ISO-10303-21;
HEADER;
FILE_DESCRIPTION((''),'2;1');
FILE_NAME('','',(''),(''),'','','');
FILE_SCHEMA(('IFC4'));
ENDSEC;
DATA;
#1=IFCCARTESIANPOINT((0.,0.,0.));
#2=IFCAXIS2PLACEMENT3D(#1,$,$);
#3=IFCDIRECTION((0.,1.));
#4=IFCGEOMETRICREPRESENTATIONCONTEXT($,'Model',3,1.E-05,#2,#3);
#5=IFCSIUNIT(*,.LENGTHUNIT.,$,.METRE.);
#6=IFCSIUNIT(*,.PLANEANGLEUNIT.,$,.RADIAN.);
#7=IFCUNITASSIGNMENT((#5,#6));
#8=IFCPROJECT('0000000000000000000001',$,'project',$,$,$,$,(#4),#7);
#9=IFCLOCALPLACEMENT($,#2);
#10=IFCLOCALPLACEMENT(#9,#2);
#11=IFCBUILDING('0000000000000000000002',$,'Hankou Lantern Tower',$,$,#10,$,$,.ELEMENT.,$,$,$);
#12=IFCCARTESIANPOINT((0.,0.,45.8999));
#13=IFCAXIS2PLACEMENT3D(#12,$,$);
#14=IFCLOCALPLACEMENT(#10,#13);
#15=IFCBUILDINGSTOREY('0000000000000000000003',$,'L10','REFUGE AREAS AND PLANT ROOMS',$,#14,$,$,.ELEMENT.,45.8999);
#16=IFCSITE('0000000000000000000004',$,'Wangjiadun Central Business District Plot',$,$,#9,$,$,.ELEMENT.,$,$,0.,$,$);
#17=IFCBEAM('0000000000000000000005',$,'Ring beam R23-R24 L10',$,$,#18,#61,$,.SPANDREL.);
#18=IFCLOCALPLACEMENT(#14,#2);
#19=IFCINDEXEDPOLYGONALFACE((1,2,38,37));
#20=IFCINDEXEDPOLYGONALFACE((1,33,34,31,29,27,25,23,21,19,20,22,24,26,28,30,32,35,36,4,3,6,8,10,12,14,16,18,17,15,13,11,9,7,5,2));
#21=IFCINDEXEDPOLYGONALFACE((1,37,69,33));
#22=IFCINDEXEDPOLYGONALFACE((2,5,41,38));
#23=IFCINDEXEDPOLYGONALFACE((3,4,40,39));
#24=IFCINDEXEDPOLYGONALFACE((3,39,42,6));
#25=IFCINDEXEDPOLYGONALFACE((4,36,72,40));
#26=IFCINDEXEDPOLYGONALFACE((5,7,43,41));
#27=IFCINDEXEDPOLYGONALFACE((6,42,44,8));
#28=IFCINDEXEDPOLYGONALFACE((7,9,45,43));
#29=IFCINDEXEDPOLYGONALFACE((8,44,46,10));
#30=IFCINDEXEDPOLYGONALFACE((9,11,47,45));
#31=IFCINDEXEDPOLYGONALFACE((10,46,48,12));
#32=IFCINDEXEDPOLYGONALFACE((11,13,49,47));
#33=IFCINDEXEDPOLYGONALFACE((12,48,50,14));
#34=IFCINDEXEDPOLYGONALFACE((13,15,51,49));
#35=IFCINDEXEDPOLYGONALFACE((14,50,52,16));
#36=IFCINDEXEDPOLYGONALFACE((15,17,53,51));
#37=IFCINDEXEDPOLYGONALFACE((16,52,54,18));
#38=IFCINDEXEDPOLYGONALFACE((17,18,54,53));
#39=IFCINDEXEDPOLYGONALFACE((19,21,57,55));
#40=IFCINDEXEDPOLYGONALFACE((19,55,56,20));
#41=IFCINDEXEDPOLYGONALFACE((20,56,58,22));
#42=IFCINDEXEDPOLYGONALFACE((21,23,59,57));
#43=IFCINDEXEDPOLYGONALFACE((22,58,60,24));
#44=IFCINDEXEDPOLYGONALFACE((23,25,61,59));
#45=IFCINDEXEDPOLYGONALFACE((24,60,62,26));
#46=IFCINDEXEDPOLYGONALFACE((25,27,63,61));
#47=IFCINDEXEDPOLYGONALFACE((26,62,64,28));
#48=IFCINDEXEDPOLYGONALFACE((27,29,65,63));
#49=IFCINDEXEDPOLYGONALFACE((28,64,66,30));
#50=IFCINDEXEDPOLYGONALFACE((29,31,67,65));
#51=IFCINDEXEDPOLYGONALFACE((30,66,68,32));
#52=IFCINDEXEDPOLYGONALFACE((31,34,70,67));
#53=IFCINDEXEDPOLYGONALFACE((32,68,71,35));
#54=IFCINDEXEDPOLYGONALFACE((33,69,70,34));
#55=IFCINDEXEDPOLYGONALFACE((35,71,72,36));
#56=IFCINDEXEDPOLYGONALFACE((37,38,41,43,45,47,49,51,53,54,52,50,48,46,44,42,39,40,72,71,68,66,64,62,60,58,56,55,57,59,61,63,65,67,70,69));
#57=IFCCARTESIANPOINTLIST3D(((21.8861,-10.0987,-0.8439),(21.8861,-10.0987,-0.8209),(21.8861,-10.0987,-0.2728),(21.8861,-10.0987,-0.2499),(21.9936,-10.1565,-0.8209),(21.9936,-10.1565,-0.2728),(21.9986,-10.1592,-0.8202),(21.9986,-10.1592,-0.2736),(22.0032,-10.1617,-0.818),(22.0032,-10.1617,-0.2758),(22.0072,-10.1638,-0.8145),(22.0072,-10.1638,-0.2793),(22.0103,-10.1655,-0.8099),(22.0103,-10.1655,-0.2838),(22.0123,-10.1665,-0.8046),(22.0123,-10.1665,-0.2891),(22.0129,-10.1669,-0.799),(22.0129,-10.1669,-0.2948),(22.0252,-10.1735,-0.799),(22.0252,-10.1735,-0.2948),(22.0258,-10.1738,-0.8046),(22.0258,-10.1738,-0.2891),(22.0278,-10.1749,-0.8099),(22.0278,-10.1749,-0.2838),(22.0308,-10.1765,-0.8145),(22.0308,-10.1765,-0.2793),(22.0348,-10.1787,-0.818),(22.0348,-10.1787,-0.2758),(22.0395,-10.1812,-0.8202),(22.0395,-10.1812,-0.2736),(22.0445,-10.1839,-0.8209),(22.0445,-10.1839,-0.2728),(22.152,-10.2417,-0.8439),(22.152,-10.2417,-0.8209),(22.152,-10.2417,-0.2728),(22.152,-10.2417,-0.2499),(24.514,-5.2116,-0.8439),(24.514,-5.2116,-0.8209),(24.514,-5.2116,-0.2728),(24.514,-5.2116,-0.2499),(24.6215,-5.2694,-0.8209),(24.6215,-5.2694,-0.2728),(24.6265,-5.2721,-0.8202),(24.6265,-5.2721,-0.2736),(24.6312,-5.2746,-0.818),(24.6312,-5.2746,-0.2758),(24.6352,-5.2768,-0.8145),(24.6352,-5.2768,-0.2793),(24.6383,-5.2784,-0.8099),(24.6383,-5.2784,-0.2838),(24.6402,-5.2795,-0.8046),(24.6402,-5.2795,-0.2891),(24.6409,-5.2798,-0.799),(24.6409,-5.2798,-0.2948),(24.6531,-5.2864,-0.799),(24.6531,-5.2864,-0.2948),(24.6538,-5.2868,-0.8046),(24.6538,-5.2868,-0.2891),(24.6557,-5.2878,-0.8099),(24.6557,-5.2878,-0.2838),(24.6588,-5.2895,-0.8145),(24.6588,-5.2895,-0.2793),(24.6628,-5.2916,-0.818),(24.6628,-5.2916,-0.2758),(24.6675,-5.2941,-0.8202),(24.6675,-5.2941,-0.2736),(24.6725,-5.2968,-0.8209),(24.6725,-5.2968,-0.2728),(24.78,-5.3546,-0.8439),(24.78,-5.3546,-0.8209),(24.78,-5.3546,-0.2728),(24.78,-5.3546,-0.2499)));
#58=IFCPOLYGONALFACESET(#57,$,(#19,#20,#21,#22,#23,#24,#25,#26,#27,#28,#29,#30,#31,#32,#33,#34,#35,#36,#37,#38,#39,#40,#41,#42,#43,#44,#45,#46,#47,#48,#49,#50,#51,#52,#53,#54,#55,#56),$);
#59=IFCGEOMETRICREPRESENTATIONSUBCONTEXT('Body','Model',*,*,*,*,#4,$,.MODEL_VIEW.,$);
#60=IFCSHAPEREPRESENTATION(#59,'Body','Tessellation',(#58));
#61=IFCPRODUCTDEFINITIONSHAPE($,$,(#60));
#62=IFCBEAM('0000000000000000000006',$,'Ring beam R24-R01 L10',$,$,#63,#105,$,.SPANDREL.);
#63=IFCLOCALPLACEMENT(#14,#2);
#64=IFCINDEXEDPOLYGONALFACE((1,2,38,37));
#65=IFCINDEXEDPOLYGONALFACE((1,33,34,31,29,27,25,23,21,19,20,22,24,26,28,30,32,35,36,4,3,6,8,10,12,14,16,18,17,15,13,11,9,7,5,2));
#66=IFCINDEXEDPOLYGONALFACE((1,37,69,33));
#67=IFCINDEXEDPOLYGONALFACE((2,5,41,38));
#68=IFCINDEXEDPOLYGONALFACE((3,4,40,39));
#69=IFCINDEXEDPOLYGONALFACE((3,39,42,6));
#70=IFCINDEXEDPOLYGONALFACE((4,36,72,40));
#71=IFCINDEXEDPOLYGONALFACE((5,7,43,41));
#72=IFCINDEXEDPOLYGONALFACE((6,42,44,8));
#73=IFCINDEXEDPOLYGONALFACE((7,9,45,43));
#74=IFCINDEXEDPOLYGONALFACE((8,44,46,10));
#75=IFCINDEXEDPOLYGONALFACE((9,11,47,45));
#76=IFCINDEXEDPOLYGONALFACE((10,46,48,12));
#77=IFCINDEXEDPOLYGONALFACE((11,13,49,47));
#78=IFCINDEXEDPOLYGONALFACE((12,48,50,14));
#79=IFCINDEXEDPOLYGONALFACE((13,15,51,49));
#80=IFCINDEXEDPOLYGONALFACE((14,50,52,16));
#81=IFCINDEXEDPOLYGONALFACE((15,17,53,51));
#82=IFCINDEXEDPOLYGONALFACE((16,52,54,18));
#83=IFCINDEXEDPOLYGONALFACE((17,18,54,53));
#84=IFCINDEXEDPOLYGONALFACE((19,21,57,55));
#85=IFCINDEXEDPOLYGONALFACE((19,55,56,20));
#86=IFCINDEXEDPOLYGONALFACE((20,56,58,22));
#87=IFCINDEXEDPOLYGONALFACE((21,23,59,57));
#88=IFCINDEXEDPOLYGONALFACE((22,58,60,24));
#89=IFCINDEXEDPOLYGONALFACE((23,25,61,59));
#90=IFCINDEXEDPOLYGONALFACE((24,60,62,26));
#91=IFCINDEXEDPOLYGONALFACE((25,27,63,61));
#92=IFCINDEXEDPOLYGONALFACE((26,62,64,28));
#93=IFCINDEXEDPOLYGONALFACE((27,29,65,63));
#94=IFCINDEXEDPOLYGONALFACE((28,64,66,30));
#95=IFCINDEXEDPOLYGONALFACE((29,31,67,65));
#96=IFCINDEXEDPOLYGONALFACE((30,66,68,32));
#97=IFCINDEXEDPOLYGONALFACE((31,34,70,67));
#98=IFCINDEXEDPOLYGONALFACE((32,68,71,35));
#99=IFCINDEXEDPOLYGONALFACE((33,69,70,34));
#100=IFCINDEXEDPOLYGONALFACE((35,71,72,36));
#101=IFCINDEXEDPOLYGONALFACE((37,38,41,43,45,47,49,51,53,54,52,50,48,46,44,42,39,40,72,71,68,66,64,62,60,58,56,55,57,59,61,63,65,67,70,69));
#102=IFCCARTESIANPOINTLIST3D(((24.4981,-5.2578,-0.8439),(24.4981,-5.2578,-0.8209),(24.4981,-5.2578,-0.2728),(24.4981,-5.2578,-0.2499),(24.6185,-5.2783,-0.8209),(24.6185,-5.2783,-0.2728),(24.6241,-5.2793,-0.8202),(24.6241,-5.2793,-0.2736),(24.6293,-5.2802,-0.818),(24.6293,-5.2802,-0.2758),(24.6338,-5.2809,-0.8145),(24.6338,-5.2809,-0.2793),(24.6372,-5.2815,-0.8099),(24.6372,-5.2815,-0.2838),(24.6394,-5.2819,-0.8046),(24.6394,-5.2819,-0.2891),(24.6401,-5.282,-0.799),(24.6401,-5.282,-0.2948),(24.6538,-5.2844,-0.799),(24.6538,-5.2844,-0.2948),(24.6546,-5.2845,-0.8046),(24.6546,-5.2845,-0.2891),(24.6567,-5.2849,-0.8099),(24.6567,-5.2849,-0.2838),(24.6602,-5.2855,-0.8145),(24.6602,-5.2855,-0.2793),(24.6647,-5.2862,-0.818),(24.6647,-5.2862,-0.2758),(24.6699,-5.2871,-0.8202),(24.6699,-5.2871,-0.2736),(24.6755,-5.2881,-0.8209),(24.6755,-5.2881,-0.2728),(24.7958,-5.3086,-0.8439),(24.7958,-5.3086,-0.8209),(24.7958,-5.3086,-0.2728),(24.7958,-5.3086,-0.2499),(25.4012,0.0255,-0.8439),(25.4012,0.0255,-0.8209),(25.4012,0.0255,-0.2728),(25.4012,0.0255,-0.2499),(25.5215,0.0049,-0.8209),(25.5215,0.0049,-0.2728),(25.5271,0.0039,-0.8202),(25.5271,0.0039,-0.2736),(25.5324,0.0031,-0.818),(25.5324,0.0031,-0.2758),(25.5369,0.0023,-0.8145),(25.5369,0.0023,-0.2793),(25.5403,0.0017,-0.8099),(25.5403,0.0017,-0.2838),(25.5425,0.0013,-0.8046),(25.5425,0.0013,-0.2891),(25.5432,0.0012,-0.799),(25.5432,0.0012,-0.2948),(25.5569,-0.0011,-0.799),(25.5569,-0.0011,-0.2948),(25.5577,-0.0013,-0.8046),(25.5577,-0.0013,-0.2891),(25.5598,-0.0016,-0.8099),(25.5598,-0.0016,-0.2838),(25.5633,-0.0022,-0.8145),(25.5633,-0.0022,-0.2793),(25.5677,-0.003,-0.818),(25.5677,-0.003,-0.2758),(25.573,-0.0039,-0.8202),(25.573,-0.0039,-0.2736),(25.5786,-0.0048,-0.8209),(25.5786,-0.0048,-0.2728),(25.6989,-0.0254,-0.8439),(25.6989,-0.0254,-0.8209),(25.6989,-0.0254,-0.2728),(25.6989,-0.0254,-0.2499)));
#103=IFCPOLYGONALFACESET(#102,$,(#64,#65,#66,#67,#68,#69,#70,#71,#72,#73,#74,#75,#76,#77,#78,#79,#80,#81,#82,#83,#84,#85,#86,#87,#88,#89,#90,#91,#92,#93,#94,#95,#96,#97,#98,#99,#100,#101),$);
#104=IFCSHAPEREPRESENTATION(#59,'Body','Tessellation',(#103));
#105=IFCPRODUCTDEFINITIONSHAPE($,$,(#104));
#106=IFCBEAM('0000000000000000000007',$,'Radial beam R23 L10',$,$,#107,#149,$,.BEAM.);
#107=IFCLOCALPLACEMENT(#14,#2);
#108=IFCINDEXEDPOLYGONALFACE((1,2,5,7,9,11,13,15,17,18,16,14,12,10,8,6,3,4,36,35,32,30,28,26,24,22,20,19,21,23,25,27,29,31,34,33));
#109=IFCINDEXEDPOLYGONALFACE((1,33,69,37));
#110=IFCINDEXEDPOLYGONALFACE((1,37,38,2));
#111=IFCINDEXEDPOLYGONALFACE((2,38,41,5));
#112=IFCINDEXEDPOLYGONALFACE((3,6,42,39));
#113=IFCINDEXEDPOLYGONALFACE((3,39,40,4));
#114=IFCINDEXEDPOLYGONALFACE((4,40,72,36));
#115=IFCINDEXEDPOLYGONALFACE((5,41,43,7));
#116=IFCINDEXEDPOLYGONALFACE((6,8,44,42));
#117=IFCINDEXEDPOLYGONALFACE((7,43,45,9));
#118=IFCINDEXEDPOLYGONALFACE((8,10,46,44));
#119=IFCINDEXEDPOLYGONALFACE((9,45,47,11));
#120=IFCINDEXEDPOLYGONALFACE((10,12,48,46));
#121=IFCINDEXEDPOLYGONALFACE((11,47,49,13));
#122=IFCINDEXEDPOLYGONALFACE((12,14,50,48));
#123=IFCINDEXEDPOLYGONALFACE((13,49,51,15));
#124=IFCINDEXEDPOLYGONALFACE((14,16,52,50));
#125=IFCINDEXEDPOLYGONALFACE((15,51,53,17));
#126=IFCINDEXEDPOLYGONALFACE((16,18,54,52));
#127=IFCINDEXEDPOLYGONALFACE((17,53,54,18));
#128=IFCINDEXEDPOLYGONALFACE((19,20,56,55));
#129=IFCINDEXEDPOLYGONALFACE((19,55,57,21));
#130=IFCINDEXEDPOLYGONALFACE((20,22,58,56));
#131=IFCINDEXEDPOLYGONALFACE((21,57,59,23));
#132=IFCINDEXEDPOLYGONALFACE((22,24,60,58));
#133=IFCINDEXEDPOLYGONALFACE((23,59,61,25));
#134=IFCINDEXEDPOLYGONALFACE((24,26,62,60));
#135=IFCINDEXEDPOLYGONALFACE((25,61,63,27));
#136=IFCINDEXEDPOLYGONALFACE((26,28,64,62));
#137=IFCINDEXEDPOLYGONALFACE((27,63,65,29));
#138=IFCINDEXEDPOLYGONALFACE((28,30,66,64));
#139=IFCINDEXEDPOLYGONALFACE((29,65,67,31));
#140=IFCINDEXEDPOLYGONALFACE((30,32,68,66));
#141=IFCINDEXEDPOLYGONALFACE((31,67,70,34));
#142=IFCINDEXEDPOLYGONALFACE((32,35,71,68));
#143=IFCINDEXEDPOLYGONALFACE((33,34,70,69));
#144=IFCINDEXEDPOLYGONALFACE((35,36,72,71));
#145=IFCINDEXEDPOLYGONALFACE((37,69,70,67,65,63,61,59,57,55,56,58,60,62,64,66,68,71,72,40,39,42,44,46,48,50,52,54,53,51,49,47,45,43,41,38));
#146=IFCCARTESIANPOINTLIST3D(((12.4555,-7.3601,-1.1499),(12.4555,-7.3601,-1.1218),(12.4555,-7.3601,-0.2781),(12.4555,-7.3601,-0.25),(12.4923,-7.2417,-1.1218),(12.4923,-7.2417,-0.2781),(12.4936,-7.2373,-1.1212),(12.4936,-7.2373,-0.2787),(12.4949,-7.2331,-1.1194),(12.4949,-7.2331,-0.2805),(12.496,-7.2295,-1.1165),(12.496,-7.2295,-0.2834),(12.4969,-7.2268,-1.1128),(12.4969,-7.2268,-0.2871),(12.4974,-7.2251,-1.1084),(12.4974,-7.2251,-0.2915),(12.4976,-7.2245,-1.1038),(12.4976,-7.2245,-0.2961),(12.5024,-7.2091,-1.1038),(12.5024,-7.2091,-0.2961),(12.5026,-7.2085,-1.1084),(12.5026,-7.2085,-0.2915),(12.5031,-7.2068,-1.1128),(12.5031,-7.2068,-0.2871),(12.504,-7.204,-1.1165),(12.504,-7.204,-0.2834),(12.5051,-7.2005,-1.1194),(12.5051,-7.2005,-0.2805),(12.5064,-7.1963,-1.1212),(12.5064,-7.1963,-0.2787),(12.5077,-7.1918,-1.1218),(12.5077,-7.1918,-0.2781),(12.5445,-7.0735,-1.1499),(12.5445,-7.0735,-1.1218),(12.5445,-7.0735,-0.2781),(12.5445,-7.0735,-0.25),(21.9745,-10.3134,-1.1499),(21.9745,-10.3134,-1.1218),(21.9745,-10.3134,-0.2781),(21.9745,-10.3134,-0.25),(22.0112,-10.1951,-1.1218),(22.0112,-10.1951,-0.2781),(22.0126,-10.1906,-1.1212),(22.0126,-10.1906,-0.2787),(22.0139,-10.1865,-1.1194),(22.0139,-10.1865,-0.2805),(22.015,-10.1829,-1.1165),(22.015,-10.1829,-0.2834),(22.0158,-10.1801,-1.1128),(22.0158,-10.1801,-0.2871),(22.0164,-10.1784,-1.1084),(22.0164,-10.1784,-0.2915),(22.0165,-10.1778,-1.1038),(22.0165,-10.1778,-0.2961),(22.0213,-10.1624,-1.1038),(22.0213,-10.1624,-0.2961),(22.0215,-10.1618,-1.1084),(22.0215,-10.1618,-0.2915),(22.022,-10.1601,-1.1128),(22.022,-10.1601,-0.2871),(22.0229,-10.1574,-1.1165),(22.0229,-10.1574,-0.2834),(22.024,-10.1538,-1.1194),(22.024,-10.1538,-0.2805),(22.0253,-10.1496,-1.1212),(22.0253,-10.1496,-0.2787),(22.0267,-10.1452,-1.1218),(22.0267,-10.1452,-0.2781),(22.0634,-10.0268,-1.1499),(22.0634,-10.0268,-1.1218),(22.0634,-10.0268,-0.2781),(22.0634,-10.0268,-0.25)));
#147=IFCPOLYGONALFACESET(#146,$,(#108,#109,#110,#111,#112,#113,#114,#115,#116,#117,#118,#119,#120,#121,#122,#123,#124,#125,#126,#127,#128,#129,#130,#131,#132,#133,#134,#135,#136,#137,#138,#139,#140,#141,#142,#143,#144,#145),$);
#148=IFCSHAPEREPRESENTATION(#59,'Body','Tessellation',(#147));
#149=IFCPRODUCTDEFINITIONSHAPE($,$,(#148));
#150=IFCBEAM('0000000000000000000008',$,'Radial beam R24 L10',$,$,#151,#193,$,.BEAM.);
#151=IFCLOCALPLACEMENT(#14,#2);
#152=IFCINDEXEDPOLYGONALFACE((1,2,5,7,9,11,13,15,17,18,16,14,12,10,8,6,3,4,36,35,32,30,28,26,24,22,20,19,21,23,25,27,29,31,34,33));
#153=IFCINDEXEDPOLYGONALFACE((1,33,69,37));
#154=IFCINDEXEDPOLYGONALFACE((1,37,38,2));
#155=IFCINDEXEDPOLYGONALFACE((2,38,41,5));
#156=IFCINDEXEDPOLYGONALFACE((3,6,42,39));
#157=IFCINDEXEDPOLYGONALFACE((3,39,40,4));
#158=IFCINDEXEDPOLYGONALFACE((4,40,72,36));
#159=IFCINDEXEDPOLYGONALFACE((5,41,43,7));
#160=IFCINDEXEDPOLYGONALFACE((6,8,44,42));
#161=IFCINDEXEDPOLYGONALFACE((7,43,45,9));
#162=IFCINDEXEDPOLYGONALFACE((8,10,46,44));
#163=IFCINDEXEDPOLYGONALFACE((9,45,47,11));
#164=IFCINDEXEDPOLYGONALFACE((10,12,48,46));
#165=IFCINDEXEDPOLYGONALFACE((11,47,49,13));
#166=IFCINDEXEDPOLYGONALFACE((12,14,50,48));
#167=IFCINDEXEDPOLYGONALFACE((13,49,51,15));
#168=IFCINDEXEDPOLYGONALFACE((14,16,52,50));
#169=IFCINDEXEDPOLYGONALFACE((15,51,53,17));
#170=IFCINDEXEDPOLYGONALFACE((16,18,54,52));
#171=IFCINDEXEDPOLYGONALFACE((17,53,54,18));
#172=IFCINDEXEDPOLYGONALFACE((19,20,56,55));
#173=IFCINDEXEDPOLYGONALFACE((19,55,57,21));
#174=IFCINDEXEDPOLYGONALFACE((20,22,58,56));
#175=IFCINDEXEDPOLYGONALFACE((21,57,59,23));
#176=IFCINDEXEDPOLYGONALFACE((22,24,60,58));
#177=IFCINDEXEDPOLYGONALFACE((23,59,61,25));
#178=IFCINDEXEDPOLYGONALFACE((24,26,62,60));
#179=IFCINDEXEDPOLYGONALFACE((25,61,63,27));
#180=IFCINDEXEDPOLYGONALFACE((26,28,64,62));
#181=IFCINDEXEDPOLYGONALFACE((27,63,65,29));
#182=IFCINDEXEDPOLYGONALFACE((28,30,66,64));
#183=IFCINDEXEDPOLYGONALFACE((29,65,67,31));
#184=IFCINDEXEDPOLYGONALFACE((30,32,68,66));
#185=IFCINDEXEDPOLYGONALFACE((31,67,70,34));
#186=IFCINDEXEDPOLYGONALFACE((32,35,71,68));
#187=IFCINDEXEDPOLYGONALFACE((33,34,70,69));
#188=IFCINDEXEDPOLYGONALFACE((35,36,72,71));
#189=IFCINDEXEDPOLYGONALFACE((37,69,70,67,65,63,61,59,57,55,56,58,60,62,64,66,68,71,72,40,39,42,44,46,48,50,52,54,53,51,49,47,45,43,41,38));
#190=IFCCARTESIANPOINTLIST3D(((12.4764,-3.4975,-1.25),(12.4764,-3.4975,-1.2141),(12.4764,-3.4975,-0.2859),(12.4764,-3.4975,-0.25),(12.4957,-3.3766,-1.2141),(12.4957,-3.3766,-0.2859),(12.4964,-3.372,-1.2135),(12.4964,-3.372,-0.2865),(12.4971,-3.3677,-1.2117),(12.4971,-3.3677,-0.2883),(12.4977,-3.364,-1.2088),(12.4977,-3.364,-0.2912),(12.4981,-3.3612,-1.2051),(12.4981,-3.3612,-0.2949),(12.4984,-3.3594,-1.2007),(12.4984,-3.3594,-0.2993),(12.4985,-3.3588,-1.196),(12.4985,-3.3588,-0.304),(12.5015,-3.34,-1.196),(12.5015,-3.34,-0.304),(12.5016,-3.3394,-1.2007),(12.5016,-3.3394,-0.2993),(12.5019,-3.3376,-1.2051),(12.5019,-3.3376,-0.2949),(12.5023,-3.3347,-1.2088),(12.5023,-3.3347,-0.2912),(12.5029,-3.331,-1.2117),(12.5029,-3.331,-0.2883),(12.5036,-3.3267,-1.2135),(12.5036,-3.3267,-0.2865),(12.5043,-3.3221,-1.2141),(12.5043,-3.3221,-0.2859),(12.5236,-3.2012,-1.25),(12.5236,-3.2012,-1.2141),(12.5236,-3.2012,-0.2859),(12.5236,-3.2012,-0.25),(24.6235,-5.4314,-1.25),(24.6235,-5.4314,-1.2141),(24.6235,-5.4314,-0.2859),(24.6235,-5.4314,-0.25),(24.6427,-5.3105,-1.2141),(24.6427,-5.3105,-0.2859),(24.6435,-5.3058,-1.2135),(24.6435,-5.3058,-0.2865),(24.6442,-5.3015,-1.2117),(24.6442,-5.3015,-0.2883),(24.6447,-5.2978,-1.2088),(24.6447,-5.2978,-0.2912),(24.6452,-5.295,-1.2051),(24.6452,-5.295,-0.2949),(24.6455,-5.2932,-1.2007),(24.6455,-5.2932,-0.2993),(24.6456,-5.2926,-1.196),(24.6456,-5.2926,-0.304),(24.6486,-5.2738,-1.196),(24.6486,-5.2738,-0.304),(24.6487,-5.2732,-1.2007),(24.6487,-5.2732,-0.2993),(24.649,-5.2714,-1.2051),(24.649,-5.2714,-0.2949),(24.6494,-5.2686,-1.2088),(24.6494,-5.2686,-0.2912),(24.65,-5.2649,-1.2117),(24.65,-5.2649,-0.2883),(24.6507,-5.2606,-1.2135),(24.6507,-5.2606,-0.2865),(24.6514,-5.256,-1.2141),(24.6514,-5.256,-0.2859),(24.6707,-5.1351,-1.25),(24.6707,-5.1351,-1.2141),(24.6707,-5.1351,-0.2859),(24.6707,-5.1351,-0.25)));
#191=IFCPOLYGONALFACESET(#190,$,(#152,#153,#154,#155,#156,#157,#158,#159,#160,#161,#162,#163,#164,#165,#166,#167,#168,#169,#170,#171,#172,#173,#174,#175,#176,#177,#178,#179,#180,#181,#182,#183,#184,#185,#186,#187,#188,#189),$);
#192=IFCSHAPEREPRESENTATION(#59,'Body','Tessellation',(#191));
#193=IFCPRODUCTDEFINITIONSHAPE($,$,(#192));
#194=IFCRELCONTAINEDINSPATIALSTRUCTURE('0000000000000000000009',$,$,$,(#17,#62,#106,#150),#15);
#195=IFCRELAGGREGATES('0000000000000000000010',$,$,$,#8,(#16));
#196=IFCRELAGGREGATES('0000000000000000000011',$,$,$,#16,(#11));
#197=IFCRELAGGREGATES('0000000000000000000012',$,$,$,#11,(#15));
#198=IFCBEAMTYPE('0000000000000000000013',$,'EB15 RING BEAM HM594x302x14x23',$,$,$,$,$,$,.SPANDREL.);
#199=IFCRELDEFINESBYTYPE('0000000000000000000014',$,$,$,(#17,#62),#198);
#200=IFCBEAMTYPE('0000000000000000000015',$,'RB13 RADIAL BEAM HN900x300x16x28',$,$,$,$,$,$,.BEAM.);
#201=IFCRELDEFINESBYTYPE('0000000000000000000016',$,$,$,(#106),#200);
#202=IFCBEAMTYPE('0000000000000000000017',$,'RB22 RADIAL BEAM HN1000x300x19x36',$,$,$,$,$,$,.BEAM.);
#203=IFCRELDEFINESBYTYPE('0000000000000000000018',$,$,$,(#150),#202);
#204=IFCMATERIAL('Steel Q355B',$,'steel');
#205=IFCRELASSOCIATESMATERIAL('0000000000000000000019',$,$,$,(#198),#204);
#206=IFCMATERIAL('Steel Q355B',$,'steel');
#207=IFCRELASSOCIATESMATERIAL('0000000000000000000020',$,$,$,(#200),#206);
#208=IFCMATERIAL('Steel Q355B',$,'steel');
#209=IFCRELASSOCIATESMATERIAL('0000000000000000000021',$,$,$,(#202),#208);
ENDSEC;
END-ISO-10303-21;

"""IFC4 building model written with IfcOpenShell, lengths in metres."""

from ifc_helpers import new_model, si_unit, direction, frame, origin, origin_2d, place, context, subcontext, project, spatial, i_section, extrude, material, material_profile, profile_set, type_object, element, save


model = new_model("IFC4")

# Units and contexts
model_context = context("Model", 3, precision=1e-05, world=origin(), true_north=direction((0.0, 1.0)))
body_context = subcontext(model_context, "Body", "Model", "MODEL_VIEW")
ifc_project = project(units=[si_unit("LENGTHUNIT", "METRE"), si_unit("PLANEANGLEUNIT", "RADIAN")], contexts=[model_context])

# Site, building, storey
site_placement = place(None, origin())
site = spatial("IfcSite", under=ifc_project, at=site_placement, Name="Wangjiadun Central Business District Plot", CompositionType="ELEMENT", RefElevation=0.0)
building_placement = place(site_placement, origin())
building = spatial("IfcBuilding", under=site, at=building_placement, Name="Hankou Lantern Tower", CompositionType="ELEMENT")
storey_placement = place(building_placement, frame((0.0, 0.0, 45.8999)))
storey = spatial("IfcBuildingStorey", under=building, at=storey_placement, Name="L10", Description="REFUGE AREAS AND PLANT ROOMS", CompositionType="ELEMENT", Elevation=45.8999)

# Beams
ifc_material_1 = material(Name="Steel Q355B", Category="steel")
ifc_material_profile_1 = material_profile(ifc_material_1, i_section(OverallWidth=0.302, OverallDepth=0.594, WebThickness=0.0139, FlangeThickness=0.0229, FilletRadius=0.022, at=origin_2d()), Name="HM594x302x14x23")
ifc_profile_set_1 = profile_set([ifc_material_profile_1], Name="Steel Q355B")
beam_type_1 = type_object("IfcBeamType", Name="EB15 RING BEAM HM594x302x14x23", PredefinedType="SPANDREL", material=ifc_profile_set_1)
beam_1_placement = place(storey_placement, frame((22.019, -10.1702, -0.5469), z_axis=(0.473609, 0.880735, 0.0), x_axis=(-0.880735, 0.473609, 0.0)))
element("IfcBeam", 1, at=beam_1_placement, inside=storey, type_object=beam_type_1, Name="Ring beam R23-R24 L10", PredefinedType="SPANDREL", context=body_context, shape_type="SweptSolid", body=[
    extrude(i_section(OverallWidth=0.302, OverallDepth=0.594, WebThickness=0.0139, FlangeThickness=0.0229, FilletRadius=0.022, at=origin_2d()), origin(), (0.0, 0.0, 1.0), 5.5488),
])
beam_2_placement = place(storey_placement, frame((24.647, -5.2832, -0.5469), z_axis=(0.16849, 0.985703, 0.0), x_axis=(-0.985703, 0.16849, 0.0)))
element("IfcBeam", 2, at=beam_2_placement, inside=storey, type_object=beam_type_1, Name="Ring beam R24-R01 L10", PredefinedType="SPANDREL", context=body_context, shape_type="SweptSolid", body=[
    extrude(i_section(OverallWidth=0.302, OverallDepth=0.594, WebThickness=0.0139, FlangeThickness=0.0229, FilletRadius=0.022, at=origin_2d()), origin(), (0.0, 0.0, 1.0), 5.3599),
])
ifc_material_2 = material(Name="Steel Q355B", Category="steel")
ifc_material_profile_2 = material_profile(ifc_material_2, i_section(OverallWidth=0.3, OverallDepth=0.8999, WebThickness=0.0161, FlangeThickness=0.0281, FilletRadius=0.0181, at=origin_2d()), Name="HN900x300x16x28")
ifc_profile_set_2 = profile_set([ifc_material_profile_2], Name="Steel Q355B")
beam_type_2 = type_object("IfcBeamType", Name="RB13 RADIAL BEAM HN900x300x16x28", PredefinedType="BEAM", material=ifc_profile_set_2)
beam_3_placement = place(storey_placement, frame((12.5, -7.2168, -0.7), z_axis=(0.955087, -0.296324, 0.0), x_axis=(0.296324, 0.955087, 0.0)))
element("IfcBeam", 3, at=beam_3_placement, inside=storey, type_object=beam_type_2, Name="Radial beam R23 L10", PredefinedType="BEAM", context=body_context, shape_type="SweptSolid", body=[
    extrude(i_section(OverallWidth=0.3, OverallDepth=0.8999, WebThickness=0.0161, FlangeThickness=0.0281, FilletRadius=0.0181, at=origin_2d()), origin(), (0.0, 0.0, 1.0), 9.9666),
])
ifc_material_3 = material(Name="Steel Q355B", Category="steel")
ifc_material_profile_3 = material_profile(ifc_material_3, i_section(OverallWidth=0.3, OverallDepth=1.0, WebThickness=0.019, FlangeThickness=0.0359, FilletRadius=0.0181, at=origin_2d()), Name="HN1000x300x19x36")
ifc_profile_set_3 = profile_set([ifc_material_profile_3], Name="Steel Q355B")
beam_type_3 = type_object("IfcBeamType", Name="RB22 RADIAL BEAM HN1000x300x19x36", PredefinedType="BEAM", material=ifc_profile_set_3)
beam_4_placement = place(storey_placement, frame((12.5, -3.3494, -0.75), z_axis=(0.987563, -0.157223, 0.0), x_axis=(0.157223, 0.987563, 0.0)))
element("IfcBeam", 4, at=beam_4_placement, inside=storey, type_object=beam_type_3, Name="Radial beam R24 L10", PredefinedType="BEAM", context=body_context, shape_type="SweptSolid", body=[
    extrude(i_section(OverallWidth=0.3, OverallDepth=1.0, WebThickness=0.019, FlangeThickness=0.0359, FilletRadius=0.0181, at=origin_2d()), origin(), (0.0, 0.0, 1.0), 12.3),
])

save(model, "model.ifc")
